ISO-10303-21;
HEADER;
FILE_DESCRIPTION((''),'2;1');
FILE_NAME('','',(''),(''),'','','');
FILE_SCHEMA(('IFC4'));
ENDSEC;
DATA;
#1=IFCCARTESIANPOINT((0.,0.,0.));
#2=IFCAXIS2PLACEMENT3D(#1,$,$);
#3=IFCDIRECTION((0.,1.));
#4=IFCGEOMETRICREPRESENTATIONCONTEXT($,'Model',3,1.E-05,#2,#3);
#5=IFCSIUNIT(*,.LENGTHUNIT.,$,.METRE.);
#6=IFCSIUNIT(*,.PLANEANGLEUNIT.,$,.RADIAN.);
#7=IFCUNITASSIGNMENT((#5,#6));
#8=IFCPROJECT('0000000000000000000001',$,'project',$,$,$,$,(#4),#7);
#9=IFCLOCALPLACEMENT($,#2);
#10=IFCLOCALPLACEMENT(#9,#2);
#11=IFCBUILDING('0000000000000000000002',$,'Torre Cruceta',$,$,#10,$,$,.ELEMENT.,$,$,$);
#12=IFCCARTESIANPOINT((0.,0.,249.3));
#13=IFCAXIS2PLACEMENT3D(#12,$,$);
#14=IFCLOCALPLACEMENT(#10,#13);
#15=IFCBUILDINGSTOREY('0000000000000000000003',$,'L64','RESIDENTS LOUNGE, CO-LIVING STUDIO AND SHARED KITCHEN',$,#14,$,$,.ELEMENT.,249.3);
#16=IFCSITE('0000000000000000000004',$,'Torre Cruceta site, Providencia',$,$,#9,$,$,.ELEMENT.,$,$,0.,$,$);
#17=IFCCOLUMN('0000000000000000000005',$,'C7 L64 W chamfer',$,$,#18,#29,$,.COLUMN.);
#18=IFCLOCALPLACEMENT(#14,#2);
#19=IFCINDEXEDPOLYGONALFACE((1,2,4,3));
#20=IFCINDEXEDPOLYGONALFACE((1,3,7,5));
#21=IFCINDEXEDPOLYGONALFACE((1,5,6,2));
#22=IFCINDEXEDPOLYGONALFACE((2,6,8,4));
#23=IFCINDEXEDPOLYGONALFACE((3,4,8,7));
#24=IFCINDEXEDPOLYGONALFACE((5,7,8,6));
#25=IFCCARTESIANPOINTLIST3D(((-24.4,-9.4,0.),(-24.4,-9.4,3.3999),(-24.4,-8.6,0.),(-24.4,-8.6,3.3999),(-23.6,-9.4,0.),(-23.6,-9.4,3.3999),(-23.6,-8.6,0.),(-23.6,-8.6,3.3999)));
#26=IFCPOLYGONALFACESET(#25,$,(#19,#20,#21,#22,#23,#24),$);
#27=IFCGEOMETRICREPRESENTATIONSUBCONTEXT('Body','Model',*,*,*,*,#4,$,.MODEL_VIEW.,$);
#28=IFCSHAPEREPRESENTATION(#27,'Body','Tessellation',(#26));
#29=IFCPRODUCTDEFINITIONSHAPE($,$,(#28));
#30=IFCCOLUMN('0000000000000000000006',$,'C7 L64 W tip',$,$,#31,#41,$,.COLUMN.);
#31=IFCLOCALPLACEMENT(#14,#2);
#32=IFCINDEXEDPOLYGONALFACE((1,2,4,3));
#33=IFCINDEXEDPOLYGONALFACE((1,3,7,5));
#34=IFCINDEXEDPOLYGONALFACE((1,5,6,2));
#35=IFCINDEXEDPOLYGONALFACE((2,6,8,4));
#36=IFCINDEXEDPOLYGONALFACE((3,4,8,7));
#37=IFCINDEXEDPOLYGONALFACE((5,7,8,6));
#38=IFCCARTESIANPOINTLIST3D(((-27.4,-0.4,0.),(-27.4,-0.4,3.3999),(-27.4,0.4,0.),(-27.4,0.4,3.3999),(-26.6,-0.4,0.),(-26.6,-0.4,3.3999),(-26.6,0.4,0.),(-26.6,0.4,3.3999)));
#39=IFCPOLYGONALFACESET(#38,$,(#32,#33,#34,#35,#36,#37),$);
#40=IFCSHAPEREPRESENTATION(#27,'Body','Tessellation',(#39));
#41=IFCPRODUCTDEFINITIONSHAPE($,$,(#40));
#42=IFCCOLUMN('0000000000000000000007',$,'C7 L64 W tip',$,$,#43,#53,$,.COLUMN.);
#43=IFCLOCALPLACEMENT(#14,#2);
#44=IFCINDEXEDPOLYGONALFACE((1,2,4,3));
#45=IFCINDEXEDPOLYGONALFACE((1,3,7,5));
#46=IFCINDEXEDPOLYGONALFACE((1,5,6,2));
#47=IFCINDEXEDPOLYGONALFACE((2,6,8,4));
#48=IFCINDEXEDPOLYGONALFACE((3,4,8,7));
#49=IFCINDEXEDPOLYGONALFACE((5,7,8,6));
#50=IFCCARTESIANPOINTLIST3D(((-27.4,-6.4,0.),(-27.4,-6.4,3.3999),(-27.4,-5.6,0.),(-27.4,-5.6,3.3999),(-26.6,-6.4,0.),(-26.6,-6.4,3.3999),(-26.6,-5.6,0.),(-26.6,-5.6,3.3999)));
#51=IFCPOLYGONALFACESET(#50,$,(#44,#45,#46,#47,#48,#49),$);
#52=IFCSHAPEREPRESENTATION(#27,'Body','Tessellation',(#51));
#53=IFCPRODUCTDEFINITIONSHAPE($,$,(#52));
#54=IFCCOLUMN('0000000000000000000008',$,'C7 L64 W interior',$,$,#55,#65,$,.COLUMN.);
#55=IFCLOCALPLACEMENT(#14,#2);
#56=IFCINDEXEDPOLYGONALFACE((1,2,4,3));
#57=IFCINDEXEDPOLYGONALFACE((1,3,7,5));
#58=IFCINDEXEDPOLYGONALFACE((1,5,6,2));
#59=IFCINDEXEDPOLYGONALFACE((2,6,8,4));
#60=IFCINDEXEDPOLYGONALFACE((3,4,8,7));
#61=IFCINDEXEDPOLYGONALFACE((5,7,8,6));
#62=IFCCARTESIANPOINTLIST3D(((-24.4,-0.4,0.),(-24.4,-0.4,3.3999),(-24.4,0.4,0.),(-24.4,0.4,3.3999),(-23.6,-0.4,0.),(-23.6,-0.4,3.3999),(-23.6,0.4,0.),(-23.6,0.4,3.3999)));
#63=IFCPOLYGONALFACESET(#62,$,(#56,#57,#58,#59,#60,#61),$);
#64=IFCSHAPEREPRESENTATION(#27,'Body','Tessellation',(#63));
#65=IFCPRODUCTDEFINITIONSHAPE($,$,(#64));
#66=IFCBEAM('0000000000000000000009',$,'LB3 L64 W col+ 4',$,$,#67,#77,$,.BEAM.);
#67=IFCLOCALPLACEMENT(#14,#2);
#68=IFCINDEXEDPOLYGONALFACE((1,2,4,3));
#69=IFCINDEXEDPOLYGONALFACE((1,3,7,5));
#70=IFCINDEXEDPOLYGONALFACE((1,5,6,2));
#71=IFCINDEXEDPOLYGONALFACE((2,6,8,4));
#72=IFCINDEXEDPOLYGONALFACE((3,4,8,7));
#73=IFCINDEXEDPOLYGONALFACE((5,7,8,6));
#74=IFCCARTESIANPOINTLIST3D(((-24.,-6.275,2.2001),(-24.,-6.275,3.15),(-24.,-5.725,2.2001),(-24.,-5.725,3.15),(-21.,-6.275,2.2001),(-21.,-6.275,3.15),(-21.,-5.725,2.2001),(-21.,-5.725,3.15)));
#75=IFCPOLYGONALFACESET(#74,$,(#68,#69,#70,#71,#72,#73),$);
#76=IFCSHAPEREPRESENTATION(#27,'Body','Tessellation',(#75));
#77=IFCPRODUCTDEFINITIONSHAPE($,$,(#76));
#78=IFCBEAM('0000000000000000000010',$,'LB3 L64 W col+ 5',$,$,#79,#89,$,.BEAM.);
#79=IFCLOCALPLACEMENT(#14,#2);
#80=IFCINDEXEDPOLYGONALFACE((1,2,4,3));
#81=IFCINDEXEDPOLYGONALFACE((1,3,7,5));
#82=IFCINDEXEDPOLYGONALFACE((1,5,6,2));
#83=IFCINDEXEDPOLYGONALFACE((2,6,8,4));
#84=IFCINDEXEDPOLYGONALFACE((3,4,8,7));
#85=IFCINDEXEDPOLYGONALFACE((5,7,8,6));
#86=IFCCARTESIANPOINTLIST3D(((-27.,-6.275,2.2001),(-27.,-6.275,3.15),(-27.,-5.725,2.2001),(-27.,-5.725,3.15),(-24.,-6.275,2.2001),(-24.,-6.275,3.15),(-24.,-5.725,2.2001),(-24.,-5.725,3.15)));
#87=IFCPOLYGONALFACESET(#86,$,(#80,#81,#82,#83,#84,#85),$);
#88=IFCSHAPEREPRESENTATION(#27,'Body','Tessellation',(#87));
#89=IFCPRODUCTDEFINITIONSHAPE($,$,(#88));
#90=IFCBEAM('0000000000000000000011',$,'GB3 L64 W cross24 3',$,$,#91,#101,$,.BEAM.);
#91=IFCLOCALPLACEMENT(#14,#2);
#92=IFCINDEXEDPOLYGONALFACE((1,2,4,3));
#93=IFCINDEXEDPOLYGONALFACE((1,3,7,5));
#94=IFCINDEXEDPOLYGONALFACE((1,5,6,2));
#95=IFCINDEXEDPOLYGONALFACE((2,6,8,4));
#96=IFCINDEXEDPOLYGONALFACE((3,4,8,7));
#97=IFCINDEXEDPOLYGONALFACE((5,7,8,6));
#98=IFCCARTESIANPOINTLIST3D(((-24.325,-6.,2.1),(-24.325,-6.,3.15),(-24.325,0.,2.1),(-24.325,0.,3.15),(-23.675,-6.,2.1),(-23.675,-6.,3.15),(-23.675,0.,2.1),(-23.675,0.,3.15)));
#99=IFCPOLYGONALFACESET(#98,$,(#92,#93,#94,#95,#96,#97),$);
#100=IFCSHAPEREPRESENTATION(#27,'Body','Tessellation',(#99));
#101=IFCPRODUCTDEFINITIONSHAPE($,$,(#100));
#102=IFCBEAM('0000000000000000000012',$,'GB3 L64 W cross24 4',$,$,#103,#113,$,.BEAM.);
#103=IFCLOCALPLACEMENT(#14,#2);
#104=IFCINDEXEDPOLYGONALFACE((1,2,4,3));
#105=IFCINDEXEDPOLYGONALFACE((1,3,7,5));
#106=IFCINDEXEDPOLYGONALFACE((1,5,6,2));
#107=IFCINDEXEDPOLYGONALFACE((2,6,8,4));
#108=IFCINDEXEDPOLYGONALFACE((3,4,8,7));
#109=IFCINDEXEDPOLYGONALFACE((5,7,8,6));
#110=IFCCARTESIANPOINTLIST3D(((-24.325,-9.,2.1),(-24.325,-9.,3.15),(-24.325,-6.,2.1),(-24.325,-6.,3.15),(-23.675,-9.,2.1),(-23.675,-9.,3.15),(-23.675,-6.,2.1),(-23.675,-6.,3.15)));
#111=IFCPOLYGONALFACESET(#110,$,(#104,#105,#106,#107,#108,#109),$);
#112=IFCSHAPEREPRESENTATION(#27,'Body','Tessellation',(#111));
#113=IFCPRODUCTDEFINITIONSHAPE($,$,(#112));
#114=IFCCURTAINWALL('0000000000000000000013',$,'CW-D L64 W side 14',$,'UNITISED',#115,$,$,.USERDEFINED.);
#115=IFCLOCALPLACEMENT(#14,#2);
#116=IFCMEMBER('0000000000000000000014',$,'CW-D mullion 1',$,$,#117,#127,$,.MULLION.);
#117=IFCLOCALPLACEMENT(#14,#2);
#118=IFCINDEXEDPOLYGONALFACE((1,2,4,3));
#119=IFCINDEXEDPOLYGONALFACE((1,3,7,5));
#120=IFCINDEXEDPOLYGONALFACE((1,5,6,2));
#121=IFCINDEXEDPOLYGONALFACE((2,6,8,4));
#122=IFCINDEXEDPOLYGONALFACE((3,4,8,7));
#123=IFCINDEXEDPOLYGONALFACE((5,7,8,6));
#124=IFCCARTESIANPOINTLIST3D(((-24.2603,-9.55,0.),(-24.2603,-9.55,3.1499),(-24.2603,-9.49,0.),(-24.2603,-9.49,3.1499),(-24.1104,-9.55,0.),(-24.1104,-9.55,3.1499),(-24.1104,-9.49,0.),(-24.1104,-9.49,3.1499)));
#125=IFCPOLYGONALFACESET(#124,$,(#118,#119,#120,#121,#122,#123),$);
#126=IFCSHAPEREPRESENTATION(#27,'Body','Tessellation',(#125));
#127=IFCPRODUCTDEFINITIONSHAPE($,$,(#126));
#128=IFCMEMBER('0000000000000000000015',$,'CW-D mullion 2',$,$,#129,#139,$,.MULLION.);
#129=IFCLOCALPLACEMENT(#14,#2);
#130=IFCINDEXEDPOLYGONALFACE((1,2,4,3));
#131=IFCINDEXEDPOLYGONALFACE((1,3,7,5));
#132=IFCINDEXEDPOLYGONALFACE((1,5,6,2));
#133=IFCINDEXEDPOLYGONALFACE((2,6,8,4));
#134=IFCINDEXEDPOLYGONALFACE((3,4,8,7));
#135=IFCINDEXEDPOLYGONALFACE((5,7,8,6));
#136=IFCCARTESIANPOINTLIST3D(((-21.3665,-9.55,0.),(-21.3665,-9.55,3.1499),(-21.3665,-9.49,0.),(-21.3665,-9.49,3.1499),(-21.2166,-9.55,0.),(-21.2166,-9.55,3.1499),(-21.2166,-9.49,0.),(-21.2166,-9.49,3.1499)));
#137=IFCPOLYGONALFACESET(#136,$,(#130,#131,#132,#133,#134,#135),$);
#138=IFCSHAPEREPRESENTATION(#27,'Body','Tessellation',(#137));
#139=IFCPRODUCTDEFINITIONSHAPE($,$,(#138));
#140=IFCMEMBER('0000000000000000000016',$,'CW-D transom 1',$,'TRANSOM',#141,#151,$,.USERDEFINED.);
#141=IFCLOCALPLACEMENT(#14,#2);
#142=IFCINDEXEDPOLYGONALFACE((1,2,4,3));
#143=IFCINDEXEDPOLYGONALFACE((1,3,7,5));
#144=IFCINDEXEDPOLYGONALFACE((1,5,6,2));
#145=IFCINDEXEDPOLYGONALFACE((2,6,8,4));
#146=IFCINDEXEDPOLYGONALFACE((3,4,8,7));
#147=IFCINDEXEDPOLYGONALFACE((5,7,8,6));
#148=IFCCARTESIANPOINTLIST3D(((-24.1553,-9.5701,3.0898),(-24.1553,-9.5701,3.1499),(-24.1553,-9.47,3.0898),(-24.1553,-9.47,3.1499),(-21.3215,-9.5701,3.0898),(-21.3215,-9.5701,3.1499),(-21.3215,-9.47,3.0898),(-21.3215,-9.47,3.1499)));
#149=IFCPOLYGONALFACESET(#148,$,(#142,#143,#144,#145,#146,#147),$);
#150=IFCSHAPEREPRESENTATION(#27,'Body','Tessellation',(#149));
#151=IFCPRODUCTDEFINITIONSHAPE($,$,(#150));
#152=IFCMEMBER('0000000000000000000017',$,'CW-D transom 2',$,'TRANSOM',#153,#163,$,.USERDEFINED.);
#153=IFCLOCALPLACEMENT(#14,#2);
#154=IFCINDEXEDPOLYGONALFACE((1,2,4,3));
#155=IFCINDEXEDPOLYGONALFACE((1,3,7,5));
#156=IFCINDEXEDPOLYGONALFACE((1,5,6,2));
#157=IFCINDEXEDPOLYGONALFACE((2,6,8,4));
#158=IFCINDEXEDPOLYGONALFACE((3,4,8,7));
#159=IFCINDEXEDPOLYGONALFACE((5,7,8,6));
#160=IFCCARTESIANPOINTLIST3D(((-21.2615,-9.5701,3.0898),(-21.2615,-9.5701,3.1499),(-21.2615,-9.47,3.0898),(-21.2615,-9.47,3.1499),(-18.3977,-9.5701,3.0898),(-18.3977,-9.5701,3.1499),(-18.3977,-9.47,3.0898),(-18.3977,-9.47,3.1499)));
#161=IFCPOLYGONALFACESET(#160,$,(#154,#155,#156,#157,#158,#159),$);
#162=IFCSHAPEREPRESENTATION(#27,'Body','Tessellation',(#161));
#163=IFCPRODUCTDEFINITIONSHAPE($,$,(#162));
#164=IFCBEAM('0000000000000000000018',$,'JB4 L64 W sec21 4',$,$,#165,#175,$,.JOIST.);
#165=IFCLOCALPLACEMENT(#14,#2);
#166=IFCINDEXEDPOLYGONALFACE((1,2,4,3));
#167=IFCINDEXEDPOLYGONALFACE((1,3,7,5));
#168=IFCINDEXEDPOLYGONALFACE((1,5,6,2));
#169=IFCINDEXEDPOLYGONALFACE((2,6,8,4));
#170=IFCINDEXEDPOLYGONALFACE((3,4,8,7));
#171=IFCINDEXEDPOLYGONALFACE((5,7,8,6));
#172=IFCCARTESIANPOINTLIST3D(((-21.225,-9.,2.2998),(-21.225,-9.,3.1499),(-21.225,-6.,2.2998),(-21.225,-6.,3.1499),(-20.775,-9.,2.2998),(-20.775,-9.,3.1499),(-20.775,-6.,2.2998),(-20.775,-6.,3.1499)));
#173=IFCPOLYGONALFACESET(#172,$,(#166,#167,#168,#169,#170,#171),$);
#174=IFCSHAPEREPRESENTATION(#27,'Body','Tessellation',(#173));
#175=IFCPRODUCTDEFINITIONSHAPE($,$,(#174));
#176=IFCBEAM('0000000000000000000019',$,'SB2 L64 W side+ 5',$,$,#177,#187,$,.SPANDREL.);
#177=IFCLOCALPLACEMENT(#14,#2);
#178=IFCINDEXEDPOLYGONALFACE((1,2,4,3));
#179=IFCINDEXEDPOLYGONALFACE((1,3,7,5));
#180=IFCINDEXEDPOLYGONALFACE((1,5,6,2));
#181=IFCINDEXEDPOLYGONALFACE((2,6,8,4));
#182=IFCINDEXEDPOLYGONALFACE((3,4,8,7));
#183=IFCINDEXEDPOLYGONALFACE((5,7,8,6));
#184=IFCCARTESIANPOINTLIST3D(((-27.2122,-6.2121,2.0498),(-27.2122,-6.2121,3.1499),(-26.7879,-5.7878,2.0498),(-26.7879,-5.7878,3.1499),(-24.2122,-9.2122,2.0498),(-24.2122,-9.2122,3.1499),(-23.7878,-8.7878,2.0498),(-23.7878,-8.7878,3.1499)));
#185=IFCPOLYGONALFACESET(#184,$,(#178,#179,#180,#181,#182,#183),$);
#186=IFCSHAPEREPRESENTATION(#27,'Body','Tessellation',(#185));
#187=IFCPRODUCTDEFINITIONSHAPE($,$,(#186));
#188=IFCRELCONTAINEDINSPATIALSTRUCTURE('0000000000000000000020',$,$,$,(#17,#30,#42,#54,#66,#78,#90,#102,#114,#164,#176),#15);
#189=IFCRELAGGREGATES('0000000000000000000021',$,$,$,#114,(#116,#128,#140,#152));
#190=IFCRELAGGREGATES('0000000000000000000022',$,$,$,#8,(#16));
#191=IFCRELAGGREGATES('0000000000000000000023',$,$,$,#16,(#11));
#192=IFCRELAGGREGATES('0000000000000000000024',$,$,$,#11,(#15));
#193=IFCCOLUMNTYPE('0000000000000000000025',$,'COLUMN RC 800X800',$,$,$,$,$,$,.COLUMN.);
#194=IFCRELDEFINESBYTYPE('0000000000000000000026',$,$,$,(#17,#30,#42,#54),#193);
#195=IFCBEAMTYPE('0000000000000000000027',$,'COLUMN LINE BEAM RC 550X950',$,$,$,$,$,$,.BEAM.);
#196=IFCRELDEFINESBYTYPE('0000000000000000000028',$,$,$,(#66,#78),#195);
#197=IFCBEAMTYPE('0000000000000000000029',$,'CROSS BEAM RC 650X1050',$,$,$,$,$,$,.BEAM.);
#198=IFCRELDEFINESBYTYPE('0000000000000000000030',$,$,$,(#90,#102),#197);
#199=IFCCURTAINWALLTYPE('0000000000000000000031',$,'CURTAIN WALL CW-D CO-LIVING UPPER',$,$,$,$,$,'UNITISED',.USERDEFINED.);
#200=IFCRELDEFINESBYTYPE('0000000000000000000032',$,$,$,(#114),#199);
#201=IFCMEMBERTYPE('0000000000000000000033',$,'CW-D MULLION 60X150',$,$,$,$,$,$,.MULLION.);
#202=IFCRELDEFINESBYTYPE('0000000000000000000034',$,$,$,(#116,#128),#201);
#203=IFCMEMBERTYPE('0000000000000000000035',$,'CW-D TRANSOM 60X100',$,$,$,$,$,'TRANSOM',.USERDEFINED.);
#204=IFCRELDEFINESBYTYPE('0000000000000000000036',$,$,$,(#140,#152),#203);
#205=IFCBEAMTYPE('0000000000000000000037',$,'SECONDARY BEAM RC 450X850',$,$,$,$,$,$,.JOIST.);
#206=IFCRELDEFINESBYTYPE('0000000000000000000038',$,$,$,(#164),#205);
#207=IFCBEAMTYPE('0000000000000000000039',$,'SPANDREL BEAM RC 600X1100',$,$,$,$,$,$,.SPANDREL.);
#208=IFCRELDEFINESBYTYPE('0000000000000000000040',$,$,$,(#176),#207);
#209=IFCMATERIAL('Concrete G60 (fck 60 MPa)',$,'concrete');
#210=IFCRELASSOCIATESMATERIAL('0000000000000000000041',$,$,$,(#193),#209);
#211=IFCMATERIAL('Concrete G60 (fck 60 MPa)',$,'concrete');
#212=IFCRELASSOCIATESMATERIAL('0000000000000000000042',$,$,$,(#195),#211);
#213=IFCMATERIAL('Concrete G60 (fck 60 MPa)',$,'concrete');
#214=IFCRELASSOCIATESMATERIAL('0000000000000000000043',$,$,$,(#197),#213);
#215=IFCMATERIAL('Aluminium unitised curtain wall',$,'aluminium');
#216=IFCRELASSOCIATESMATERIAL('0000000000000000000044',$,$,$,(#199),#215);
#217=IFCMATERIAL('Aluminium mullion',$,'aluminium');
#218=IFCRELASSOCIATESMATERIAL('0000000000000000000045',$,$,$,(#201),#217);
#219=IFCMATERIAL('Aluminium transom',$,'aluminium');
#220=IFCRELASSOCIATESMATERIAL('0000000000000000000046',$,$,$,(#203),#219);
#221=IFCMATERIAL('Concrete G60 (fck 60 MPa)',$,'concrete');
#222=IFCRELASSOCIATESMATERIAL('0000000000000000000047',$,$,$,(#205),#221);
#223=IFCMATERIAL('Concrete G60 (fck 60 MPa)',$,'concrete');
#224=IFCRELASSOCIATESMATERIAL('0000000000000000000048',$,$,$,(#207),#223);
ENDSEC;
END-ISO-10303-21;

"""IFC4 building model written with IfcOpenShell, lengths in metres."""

from ifc_helpers import new_model, si_unit, direction, frame, origin, origin_2d, place, context, subcontext, project, spatial, rectangle, extrude, material, material_profile, profile_set, type_object, element, aggregate, save


model = new_model("IFC4")

# Units and contexts
model_context = context("Model", 3, precision=1e-05, world=origin(), true_north=direction((0.0, 1.0)))
body_context = subcontext(model_context, "Body", "Model", "MODEL_VIEW")
ifc_project = project(units=[si_unit("LENGTHUNIT", "METRE"), si_unit("PLANEANGLEUNIT", "RADIAN")], contexts=[model_context])

# Site, building, storey
site_placement = place(None, origin())
site = spatial("IfcSite", under=ifc_project, at=site_placement, Name="Torre Cruceta site, Providencia", CompositionType="ELEMENT", RefElevation=0.0)
building_placement = place(site_placement, origin())
building = spatial("IfcBuilding", under=site, at=building_placement, Name="Torre Cruceta", CompositionType="ELEMENT")
storey_placement = place(building_placement, frame((0.0, 0.0, 249.3)))
storey = spatial("IfcBuildingStorey", under=building, at=storey_placement, Name="L64", Description="RESIDENTS LOUNGE, CO-LIVING STUDIO AND SHARED KITCHEN", CompositionType="ELEMENT", Elevation=249.3)

# Columns
ifc_material_1 = material(Name="Concrete G60 (fck 60 MPa)", Category="concrete")
ifc_material_profile_1 = material_profile(ifc_material_1, rectangle(XDim=0.8, YDim=0.8, at=origin_2d()), Name="RC 800X800")
ifc_profile_set_1 = profile_set([ifc_material_profile_1], Name="Concrete G60 (fck 60 MPa)")
column_type = type_object("IfcColumnType", Name="COLUMN RC 800X800", PredefinedType="COLUMN", material=ifc_profile_set_1)
for number, where, z_axis, x_axis, name in (
    (1, (-24.0, -9.0, 0.0), (0.0, 0.0, 1.0), (1.0, 0.0, 0.0), "C7 L64 W chamfer"),
    (2, (-27.0, 0.0, 0.0), (0.0, 0.0, 1.0), (1.0, 0.0, 0.0), "C7 L64 W tip"),
    (3, (-27.0, -6.0, 0.0), (0.0, 0.0, 1.0), (1.0, 0.0, 0.0), "C7 L64 W tip"),
    (4, (-24.0, 0.0, 0.0), (0.0, 0.0, 1.0), (1.0, 0.0, 0.0), "C7 L64 W interior"),
):
    element("IfcColumn", number, at=place(storey_placement, frame(where, z_axis=z_axis, x_axis=x_axis)), inside=storey, type_object=column_type, Name=name, PredefinedType="COLUMN", context=body_context, shape_type="SweptSolid", body=[
        extrude(rectangle(XDim=0.8, YDim=0.8, at=origin_2d()), origin(), (0.0, 0.0, 1.0), 3.3999),
    ])

# Beams
ifc_material_2 = material(Name="Concrete G60 (fck 60 MPa)", Category="concrete")
ifc_material_profile_2 = material_profile(ifc_material_2, rectangle(XDim=0.55, YDim=0.95, at=origin_2d()), Name="RC 550X950")
ifc_profile_set_2 = profile_set([ifc_material_profile_2], Name="Concrete G60 (fck 60 MPa)")
beam_type_1 = type_object("IfcBeamType", Name="COLUMN LINE BEAM RC 550X950", PredefinedType="BEAM", material=ifc_profile_set_2)
for number, where, z_axis, x_axis, name in (
    (5, (-21.0, -6.0, 2.675), (-1.0, 0.0, 0.0), (0.0, -1.0, 0.0), "LB3 L64 W col+ 4"),
    (6, (-24.0, -6.0, 2.675), (-1.0, 0.0, 0.0), (0.0, -1.0, 0.0), "LB3 L64 W col+ 5"),
):
    element("IfcBeam", number, at=place(storey_placement, frame(where, z_axis=z_axis, x_axis=x_axis)), inside=storey, type_object=beam_type_1, Name=name, PredefinedType="BEAM", context=body_context, shape_type="SweptSolid", body=[
        extrude(rectangle(XDim=0.55, YDim=0.95, at=origin_2d()), origin(), (0.0, 0.0, 1.0), 3.0),
    ])
ifc_material_3 = material(Name="Concrete G60 (fck 60 MPa)", Category="concrete")
ifc_material_profile_3 = material_profile(ifc_material_3, rectangle(XDim=0.6499, YDim=1.05, at=origin_2d()), Name="RC 650X1050")
ifc_profile_set_3 = profile_set([ifc_material_profile_3], Name="Concrete G60 (fck 60 MPa)")
beam_type_2 = type_object("IfcBeamType", Name="CROSS BEAM RC 650X1050", PredefinedType="BEAM", material=ifc_profile_set_3)
beam_1_placement = place(storey_placement, frame((-24.0, 0.0, 2.625), z_axis=(0.0, -1.0, 0.0), x_axis=(1.0, 0.0, 0.0)))
element("IfcBeam", 7, at=beam_1_placement, inside=storey, type_object=beam_type_2, Name="GB3 L64 W cross24 3", PredefinedType="BEAM", context=body_context, shape_type="SweptSolid", body=[
    extrude(rectangle(XDim=0.6499, YDim=1.05, at=origin_2d()), origin(), (0.0, 0.0, 1.0), 6.0),
])
beam_2_placement = place(storey_placement, frame((-24.0, -6.0, 2.625), z_axis=(0.0, -1.0, 0.0), x_axis=(1.0, 0.0, 0.0)))
element("IfcBeam", 8, at=beam_2_placement, inside=storey, type_object=beam_type_2, Name="GB3 L64 W cross24 4", PredefinedType="BEAM", context=body_context, shape_type="SweptSolid", body=[
    extrude(rectangle(XDim=0.6499, YDim=1.05, at=origin_2d()), origin(), (0.0, 0.0, 1.0), 3.0),
])

# Curtain wall, members
ifc_material_4 = material(Name="Aluminium unitised curtain wall", Category="aluminium")
curtain_wall_type = type_object("IfcCurtainWallType", Name="CURTAIN WALL CW-D CO-LIVING UPPER", ElementType="UNITISED", PredefinedType="USERDEFINED", material=ifc_material_4)
curtain_wall_placement = place(storey_placement, origin())
curtain_wall = element("IfcCurtainWall", 9, at=curtain_wall_placement, inside=storey, type_object=curtain_wall_type, Name="CW-D L64 W side 14", ObjectType="UNITISED", PredefinedType="USERDEFINED")
ifc_material_5 = material(Name="Aluminium mullion", Category="aluminium")
ifc_material_profile_4 = material_profile(ifc_material_5, rectangle(XDim=0.0601, YDim=0.1499, at=origin_2d()), Name="AL 60X150")
ifc_profile_set_4 = profile_set([ifc_material_profile_4], Name="Aluminium mullion")
member_type_1 = type_object("IfcMemberType", Name="CW-D MULLION 60X150", PredefinedType="MULLION", material=ifc_profile_set_4)
member_1_placement = place(storey_placement, frame((-24.1853, -9.52, 0.0), z_axis=(0.0, 0.0, 1.0), x_axis=(0.0, 1.0, 0.0)))
member_1 = element("IfcMember", 10, at=member_1_placement, type_object=member_type_1, Name="CW-D mullion 1", PredefinedType="MULLION", context=body_context, shape_type="SweptSolid", body=[
    extrude(rectangle(XDim=0.0601, YDim=0.1499, at=origin_2d()), origin(), (0.0, 0.0, 1.0), 3.1499),
])
member_2_placement = place(storey_placement, frame((-21.2915, -9.52, 0.0), z_axis=(0.0, 0.0, 1.0), x_axis=(0.0, 1.0, 0.0)))
member_2 = element("IfcMember", 11, at=member_2_placement, type_object=member_type_1, Name="CW-D mullion 2", PredefinedType="MULLION", context=body_context, shape_type="SweptSolid", body=[
    extrude(rectangle(XDim=0.0601, YDim=0.1499, at=origin_2d()), origin(), (0.0, 0.0, 1.0), 3.1499),
])
ifc_material_6 = material(Name="Aluminium transom", Category="aluminium")
ifc_material_profile_5 = material_profile(ifc_material_6, rectangle(XDim=0.1001, YDim=0.0601, at=origin_2d()), Name="AL 100X60")
ifc_profile_set_5 = profile_set([ifc_material_profile_5], Name="Aluminium transom")
member_type_2 = type_object("IfcMemberType", Name="CW-D TRANSOM 60X100", ElementType="TRANSOM", PredefinedType="USERDEFINED", material=ifc_profile_set_5)
member_3_placement = place(storey_placement, frame((-24.1553, -9.52, 3.1199), z_axis=(1.0, 0.0, 0.0), x_axis=(0.0, 1.0, 0.0)))
member_3 = element("IfcMember", 12, at=member_3_placement, type_object=member_type_2, Name="CW-D transom 1", ObjectType="TRANSOM", PredefinedType="USERDEFINED", context=body_context, shape_type="SweptSolid", body=[
    extrude(rectangle(XDim=0.1001, YDim=0.0601, at=origin_2d()), origin(), (0.0, 0.0, 1.0), 2.8337),
])
member_4_placement = place(storey_placement, frame((-21.2615, -9.52, 3.1199), z_axis=(1.0, 0.0, 0.0), x_axis=(0.0, 1.0, 0.0)))
member_4 = element("IfcMember", 13, at=member_4_placement, type_object=member_type_2, Name="CW-D transom 2", ObjectType="TRANSOM", PredefinedType="USERDEFINED", context=body_context, shape_type="SweptSolid", body=[
    extrude(rectangle(XDim=0.1001, YDim=0.0601, at=origin_2d()), origin(), (0.0, 0.0, 1.0), 2.8638),
])

# Beams
ifc_material_7 = material(Name="Concrete G60 (fck 60 MPa)", Category="concrete")
ifc_material_profile_6 = material_profile(ifc_material_7, rectangle(XDim=0.45, YDim=0.8501, at=origin_2d()), Name="RC 450X850")
ifc_profile_set_6 = profile_set([ifc_material_profile_6], Name="Concrete G60 (fck 60 MPa)")
beam_type_3 = type_object("IfcBeamType", Name="SECONDARY BEAM RC 450X850", PredefinedType="JOIST", material=ifc_profile_set_6)
beam_3_placement = place(storey_placement, frame((-21.0, -6.0, 2.7249), z_axis=(0.0, -1.0, 0.0), x_axis=(1.0, 0.0, 0.0)))
element("IfcBeam", 14, at=beam_3_placement, inside=storey, type_object=beam_type_3, Name="JB4 L64 W sec21 4", PredefinedType="JOIST", context=body_context, shape_type="SweptSolid", body=[
    extrude(rectangle(XDim=0.45, YDim=0.8501, at=origin_2d()), origin(), (0.0, 0.0, 1.0), 3.0),
])
ifc_material_8 = material(Name="Concrete G60 (fck 60 MPa)", Category="concrete")
ifc_material_profile_7 = material_profile(ifc_material_8, rectangle(XDim=0.6001, YDim=1.1001, at=origin_2d()), Name="RC 600X1100")
ifc_profile_set_7 = profile_set([ifc_material_profile_7], Name="Concrete G60 (fck 60 MPa)")
beam_type_4 = type_object("IfcBeamType", Name="SPANDREL BEAM RC 600X1100", PredefinedType="SPANDREL", material=ifc_profile_set_7)
beam_4_placement = place(storey_placement, frame((-24.0, -9.0, 2.5999), z_axis=(-0.707107, 0.707107, 0.0), x_axis=(-0.707107, -0.707107, 0.0)))
element("IfcBeam", 15, at=beam_4_placement, inside=storey, type_object=beam_type_4, Name="SB2 L64 W side+ 5", PredefinedType="SPANDREL", context=body_context, shape_type="SweptSolid", body=[
    extrude(rectangle(XDim=0.6001, YDim=1.1001, at=origin_2d()), origin(), (0.0, 0.0, 1.0), 4.2427),
])

aggregate(curtain_wall, [member_1, member_2, member_3, member_4])

save(model, "model.ifc")
